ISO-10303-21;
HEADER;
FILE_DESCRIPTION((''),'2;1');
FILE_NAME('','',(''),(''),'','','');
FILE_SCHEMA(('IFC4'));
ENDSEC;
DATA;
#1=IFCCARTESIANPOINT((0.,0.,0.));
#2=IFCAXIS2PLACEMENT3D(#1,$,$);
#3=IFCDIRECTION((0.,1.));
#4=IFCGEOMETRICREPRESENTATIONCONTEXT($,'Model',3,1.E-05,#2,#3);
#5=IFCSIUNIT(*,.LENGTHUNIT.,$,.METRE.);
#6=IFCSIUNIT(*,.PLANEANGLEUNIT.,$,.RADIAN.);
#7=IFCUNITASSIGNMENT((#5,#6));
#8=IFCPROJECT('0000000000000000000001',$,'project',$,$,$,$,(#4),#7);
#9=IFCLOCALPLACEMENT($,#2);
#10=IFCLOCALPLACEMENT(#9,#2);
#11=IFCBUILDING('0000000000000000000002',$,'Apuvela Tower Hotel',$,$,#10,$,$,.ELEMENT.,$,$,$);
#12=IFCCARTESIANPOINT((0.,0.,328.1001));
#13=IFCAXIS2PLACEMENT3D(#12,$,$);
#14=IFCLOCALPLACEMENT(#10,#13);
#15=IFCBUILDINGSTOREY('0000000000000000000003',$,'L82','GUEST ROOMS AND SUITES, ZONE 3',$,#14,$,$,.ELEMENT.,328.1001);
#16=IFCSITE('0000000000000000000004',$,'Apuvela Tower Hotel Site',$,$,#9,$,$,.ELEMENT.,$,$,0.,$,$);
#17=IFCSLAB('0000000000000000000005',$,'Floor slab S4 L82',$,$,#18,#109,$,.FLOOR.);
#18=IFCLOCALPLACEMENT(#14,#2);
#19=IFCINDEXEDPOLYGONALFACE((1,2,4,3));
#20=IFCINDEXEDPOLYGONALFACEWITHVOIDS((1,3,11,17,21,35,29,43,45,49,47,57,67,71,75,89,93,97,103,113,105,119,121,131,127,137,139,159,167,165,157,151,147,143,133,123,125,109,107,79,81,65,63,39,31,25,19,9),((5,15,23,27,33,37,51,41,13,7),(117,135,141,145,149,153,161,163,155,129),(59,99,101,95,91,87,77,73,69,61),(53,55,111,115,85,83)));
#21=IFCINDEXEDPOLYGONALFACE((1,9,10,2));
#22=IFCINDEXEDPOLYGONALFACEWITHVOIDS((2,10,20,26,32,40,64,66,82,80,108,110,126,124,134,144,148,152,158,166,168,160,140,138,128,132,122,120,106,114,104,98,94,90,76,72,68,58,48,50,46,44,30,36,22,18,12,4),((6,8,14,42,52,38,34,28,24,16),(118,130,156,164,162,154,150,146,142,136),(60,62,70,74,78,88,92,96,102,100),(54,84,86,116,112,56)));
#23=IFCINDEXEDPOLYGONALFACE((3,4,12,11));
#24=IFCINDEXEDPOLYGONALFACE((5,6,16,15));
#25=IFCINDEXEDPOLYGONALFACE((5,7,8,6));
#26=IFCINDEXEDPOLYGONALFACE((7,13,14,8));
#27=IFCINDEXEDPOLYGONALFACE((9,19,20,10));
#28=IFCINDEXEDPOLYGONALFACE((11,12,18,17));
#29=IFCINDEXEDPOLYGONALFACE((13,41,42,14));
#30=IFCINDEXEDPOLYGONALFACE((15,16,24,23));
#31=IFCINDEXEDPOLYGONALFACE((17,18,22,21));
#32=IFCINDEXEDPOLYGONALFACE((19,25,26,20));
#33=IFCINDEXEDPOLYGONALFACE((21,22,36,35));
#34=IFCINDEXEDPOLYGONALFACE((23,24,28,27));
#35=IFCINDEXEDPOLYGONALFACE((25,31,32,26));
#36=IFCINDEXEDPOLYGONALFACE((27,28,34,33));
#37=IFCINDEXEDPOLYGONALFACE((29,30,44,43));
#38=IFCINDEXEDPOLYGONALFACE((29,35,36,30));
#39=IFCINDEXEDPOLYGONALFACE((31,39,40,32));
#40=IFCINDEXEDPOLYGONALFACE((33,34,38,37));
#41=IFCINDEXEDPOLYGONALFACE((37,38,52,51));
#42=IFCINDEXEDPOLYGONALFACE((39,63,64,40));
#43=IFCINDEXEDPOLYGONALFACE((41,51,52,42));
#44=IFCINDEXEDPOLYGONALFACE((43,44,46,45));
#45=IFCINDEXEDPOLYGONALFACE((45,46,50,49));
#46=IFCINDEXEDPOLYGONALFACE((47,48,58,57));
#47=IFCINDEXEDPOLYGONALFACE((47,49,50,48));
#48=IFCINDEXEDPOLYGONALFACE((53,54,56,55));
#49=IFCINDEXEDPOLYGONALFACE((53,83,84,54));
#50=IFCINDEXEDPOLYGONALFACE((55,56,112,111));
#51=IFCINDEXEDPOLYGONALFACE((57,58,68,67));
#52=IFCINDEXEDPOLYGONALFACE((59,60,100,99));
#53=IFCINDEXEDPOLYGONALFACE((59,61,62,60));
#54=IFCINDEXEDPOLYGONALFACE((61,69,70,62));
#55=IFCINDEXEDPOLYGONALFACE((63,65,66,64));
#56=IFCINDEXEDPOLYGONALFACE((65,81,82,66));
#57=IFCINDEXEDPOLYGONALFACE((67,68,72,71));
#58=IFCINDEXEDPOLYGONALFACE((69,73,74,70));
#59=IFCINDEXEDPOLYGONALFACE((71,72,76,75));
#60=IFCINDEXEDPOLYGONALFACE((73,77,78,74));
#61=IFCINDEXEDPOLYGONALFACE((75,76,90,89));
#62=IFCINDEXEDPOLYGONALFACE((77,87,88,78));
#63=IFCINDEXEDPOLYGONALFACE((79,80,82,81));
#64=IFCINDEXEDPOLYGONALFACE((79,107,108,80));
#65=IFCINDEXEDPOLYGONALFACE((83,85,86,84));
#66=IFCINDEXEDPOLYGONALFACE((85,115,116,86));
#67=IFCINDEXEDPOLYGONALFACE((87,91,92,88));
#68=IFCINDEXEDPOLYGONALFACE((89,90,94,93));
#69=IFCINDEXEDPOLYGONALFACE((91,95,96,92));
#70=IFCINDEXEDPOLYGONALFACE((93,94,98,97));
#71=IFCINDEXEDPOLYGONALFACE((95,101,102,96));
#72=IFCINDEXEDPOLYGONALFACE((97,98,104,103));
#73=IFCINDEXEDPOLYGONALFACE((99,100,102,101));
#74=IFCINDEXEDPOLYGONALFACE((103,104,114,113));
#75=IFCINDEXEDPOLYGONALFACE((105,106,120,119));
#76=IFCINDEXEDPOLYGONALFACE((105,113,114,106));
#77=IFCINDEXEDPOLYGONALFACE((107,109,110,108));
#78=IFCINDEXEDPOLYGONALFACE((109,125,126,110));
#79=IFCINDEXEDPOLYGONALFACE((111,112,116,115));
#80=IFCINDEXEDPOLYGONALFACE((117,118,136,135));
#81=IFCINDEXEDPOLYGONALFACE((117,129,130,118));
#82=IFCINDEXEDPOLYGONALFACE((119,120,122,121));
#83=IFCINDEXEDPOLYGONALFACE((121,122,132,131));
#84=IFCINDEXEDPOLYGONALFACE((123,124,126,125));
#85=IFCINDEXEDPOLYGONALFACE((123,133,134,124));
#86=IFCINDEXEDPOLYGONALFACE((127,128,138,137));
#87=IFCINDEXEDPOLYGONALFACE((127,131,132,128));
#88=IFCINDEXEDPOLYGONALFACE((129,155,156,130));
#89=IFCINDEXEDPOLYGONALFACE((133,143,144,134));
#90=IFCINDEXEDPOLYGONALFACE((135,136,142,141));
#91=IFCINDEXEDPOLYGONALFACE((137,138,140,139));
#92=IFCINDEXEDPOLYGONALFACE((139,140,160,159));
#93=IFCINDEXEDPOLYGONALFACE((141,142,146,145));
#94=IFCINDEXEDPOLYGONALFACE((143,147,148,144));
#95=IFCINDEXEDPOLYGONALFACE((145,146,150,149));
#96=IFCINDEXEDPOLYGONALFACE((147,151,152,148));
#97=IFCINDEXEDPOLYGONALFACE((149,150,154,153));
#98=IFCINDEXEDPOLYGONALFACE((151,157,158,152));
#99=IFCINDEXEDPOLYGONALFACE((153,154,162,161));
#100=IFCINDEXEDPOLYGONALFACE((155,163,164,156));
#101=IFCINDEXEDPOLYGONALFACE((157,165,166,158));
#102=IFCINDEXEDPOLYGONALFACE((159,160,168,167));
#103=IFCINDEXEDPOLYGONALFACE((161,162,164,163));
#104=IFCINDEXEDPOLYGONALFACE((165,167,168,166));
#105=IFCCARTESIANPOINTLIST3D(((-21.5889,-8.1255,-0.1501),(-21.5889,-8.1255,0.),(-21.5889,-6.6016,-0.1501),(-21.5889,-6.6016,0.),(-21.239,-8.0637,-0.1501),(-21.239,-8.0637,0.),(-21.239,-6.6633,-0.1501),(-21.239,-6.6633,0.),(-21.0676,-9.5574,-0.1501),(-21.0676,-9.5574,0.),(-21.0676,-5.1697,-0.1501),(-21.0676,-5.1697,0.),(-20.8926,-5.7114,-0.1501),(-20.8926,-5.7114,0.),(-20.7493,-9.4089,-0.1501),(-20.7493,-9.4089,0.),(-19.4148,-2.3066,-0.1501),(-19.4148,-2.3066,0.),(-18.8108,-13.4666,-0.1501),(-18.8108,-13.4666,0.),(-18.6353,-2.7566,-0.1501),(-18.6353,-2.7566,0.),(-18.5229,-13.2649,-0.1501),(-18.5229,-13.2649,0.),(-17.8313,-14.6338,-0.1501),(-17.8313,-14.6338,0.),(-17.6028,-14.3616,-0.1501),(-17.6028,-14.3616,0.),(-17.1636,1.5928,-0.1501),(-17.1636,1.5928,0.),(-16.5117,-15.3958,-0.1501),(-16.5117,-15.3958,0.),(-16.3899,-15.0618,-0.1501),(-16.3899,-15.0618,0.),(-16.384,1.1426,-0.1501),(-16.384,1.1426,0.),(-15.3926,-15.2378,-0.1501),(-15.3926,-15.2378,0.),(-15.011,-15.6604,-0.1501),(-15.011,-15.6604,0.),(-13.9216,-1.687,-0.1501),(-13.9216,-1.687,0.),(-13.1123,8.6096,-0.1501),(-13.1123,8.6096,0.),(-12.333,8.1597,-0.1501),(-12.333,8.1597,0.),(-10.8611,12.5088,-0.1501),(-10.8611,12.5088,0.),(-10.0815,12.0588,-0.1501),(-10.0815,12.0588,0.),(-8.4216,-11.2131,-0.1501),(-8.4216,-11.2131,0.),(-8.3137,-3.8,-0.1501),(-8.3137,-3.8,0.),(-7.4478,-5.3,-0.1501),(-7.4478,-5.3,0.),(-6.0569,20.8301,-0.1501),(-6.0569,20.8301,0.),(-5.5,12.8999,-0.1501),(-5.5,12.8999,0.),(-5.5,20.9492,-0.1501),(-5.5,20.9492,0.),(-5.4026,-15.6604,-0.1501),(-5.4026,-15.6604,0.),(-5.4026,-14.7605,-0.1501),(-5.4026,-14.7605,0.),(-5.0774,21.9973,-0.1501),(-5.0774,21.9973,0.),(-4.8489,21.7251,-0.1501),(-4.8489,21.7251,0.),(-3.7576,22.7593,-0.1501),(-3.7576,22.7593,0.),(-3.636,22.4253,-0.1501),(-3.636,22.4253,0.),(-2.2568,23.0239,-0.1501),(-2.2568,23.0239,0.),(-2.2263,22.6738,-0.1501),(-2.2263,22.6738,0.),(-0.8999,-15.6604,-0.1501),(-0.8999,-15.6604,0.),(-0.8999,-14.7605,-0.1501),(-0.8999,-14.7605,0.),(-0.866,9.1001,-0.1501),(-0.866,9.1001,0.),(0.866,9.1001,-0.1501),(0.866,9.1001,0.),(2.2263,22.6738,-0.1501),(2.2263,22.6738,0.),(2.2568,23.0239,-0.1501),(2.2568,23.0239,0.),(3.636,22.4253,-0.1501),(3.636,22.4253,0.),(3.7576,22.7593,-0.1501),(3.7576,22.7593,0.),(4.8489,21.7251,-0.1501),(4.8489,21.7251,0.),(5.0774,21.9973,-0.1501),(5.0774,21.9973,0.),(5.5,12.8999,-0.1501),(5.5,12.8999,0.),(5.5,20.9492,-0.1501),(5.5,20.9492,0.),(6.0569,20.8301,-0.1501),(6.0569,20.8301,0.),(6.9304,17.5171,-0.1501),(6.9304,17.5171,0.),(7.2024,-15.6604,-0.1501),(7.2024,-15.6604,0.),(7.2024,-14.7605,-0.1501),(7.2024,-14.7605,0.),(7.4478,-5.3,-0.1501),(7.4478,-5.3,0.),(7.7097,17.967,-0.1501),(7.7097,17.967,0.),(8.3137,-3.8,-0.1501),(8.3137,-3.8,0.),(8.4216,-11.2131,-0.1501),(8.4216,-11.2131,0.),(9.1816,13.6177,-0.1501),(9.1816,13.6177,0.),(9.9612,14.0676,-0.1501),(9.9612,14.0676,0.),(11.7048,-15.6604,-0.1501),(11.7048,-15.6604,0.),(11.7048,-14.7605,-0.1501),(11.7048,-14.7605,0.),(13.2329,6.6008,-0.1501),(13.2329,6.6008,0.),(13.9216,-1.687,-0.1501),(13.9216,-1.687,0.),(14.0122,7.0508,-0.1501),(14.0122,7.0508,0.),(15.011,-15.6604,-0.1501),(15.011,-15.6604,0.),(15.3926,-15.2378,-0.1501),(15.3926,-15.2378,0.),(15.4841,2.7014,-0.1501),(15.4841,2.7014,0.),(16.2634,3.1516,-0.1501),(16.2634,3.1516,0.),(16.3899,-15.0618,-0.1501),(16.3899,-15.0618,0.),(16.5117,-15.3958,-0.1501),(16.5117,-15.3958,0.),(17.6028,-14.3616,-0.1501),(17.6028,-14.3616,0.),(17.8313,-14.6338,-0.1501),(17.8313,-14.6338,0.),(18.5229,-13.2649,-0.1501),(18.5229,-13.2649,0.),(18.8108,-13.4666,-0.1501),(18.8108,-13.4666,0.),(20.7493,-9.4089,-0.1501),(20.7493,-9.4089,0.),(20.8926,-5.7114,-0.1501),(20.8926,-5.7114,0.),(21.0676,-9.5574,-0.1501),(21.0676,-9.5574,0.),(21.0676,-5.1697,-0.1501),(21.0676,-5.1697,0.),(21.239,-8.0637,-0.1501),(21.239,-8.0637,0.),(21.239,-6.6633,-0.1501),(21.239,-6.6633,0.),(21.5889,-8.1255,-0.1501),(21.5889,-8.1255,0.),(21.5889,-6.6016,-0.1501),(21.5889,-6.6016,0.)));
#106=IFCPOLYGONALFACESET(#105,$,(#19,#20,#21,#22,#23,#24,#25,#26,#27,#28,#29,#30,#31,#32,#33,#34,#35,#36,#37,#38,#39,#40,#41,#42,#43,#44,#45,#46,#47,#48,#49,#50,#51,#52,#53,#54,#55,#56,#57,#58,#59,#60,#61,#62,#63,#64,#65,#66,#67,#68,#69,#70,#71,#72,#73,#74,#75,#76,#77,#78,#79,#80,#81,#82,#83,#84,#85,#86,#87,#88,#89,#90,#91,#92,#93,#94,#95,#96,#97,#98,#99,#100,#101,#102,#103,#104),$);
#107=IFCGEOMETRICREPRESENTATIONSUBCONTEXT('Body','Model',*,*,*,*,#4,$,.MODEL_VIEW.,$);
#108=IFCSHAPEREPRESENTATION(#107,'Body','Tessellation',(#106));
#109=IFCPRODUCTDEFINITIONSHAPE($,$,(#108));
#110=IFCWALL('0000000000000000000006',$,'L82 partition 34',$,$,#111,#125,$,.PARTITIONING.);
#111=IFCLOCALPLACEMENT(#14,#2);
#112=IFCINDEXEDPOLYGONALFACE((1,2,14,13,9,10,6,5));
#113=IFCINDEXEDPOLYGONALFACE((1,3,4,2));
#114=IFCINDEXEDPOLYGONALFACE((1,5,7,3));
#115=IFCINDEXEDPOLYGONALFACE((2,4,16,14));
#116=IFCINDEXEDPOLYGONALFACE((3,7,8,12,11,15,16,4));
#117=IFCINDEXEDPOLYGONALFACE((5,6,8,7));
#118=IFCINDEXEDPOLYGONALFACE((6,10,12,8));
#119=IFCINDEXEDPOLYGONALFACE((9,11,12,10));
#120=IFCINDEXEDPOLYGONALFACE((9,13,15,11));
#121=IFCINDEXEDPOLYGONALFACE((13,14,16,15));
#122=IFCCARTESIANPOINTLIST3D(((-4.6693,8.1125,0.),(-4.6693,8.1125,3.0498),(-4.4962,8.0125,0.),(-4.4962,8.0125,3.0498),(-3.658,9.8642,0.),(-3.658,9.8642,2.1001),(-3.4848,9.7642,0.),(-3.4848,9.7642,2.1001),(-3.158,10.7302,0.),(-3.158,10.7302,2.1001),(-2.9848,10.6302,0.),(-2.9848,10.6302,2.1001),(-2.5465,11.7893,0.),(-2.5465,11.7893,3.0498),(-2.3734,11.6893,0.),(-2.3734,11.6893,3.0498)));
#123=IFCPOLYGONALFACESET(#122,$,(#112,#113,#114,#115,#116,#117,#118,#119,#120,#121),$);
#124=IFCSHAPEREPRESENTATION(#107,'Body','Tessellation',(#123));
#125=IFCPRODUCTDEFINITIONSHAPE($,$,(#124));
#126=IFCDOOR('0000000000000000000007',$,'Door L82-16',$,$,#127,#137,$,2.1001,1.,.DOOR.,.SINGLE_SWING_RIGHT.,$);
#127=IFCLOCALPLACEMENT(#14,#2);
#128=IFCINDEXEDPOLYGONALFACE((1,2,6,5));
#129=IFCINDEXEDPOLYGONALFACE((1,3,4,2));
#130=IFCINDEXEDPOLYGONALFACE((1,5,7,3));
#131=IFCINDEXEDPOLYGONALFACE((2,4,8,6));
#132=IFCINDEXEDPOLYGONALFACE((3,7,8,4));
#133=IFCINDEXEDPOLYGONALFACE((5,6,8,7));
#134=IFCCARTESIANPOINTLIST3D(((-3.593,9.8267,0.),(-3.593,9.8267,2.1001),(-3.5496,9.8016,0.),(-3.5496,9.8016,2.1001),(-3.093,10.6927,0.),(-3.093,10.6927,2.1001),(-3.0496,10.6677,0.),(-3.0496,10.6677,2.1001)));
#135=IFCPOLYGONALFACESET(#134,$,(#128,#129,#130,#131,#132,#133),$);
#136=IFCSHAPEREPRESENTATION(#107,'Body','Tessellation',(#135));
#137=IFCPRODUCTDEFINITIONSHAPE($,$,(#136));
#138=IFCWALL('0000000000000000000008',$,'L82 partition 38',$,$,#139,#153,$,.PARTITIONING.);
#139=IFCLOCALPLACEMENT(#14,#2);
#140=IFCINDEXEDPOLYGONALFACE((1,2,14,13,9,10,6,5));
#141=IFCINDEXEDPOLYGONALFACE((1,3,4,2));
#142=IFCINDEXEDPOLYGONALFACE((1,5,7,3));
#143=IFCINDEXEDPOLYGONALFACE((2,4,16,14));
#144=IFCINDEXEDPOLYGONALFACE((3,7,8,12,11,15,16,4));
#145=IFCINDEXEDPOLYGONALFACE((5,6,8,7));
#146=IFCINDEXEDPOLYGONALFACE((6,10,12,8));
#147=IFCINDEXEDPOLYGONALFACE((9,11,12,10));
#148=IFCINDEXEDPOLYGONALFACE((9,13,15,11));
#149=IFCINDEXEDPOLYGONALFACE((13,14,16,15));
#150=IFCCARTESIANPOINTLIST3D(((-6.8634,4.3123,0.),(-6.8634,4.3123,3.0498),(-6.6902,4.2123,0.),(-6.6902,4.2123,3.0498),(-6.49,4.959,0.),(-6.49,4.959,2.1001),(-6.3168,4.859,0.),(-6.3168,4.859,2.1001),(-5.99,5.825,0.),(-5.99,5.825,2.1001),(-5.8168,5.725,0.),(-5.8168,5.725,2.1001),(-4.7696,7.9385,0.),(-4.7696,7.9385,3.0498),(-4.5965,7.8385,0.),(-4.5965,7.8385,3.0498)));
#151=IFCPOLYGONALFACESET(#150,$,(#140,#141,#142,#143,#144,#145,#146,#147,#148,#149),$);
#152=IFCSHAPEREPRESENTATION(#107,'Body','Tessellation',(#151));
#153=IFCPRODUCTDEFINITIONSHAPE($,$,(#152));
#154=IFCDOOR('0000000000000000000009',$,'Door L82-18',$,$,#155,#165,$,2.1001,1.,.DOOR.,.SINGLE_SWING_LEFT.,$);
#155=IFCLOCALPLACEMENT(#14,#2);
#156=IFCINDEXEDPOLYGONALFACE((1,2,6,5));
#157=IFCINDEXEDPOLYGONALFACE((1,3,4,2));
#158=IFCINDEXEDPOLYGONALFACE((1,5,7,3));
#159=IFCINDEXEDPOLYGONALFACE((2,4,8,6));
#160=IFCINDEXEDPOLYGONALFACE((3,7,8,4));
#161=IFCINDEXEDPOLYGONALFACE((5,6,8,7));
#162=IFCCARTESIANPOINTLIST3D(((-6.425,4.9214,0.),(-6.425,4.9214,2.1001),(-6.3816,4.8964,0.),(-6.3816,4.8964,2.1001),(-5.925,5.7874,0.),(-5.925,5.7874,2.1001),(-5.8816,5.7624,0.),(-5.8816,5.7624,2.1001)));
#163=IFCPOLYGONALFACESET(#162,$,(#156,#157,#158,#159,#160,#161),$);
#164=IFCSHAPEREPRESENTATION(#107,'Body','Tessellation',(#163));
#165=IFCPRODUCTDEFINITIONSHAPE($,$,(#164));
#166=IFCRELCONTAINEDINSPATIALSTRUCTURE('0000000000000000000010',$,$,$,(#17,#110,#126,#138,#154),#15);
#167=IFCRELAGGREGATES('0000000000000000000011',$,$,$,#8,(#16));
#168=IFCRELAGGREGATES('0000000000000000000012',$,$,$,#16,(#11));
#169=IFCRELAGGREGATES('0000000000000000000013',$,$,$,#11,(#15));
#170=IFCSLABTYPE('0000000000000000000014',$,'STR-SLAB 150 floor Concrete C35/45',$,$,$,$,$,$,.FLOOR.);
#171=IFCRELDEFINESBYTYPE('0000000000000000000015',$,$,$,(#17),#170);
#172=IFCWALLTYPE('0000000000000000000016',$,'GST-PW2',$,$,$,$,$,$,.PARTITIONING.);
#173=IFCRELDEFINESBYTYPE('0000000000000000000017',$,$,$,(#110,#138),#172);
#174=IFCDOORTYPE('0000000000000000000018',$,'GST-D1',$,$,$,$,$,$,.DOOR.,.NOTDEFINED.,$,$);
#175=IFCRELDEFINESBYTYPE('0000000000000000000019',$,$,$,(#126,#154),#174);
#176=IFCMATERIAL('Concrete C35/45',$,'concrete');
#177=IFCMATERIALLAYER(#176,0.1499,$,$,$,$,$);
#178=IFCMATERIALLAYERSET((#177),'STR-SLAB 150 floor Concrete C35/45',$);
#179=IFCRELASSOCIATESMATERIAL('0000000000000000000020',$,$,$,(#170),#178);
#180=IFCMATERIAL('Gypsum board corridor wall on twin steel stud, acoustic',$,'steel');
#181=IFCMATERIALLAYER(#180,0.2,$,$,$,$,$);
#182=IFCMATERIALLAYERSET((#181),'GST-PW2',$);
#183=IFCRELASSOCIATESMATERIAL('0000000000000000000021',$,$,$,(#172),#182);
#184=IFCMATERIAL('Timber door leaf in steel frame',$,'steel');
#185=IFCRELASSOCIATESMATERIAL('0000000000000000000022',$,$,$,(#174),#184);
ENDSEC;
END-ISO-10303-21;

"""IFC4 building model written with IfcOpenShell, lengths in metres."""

from ifc_helpers import new_model, si_unit, direction, frame, frame_2d, origin, place, context, subcontext, project, spatial, polyline, rectangle, outline, extrude, material, layer, layer_set, type_object, element, fill, save


model = new_model("IFC4")

# Units and contexts
model_context = context("Model", 3, precision=1e-05, world=origin(), true_north=direction((0.0, 1.0)))
body_context = subcontext(model_context, "Body", "Model", "MODEL_VIEW")
ifc_project = project(units=[si_unit("LENGTHUNIT", "METRE"), si_unit("PLANEANGLEUNIT", "RADIAN")], contexts=[model_context])

# Site, building, storey
site_placement = place(None, origin())
site = spatial("IfcSite", under=ifc_project, at=site_placement, Name="Apuvela Tower Hotel Site", CompositionType="ELEMENT", RefElevation=0.0)
building_placement = place(site_placement, origin())
building = spatial("IfcBuilding", under=site, at=building_placement, Name="Apuvela Tower Hotel", CompositionType="ELEMENT")
storey_placement = place(building_placement, frame((0.0, 0.0, 328.1001)))
storey = spatial("IfcBuildingStorey", under=building, at=storey_placement, Name="L82", Description="GUEST ROOMS AND SUITES, ZONE 3", CompositionType="ELEMENT", Elevation=328.1001)

# Slab
ifc_material_1 = material(Name="Concrete C35/45", Category="concrete")
ifc_layer_1 = layer(ifc_material_1, 0.1499)
ifc_layer_set_1 = layer_set([ifc_layer_1], Name="STR-SLAB 150 floor Concrete C35/45")
slab_type_1 = type_object("IfcSlabType", Name="STR-SLAB 150 floor Concrete C35/45", PredefinedType="FLOOR", material=ifc_layer_set_1)
slab_1_placement = place(storey_placement, frame((0.0, 0.0, -0.1501)))
element("IfcSlab", 1, at=slab_1_placement, inside=storey, type_object=slab_type_1, Name="Floor slab S4 L82", PredefinedType="FLOOR", context=body_context, shape_type="SweptSolid", body=[
    extrude(outline(polyline([(-5.0774, 21.9973), (-3.7576, 22.7593), (-2.2568, 23.0239), (2.2568, 23.0239), (3.7576, 22.7593), (5.0774, 21.9973), (6.0569, 20.8301), (7.7097, 17.967), (6.9304, 17.5171), (9.1816, 13.6177), (9.9612, 14.0676), (14.0122, 7.0508), (13.2329, 6.6008), (15.4841, 2.7014), (16.2634, 3.1516), (21.0676, -5.1697), (21.5889, -6.6016), (21.5889, -8.1255), (21.0676, -9.5574), (18.8108, -13.4666), (17.8313, -14.6338), (16.5117, -15.3958), (15.011, -15.6604), (11.7048, -15.6604), (11.7048, -14.7605), (7.2024, -14.7605), (7.2024, -15.6604), (-0.8999, -15.6604), (-0.8999, -14.7605), (-5.4026, -14.7605), (-5.4026, -15.6604), (-15.011, -15.6604), (-16.5117, -15.3958), (-17.8313, -14.6338), (-18.8108, -13.4666), (-21.0676, -9.5574), (-21.5889, -8.1255), (-21.5889, -6.6016), (-21.0676, -5.1697), (-19.4148, -2.3066), (-18.6353, -2.7566), (-16.384, 1.1426), (-17.1636, 1.5928), (-13.1123, 8.6096), (-12.333, 8.1597), (-10.0815, 12.0588), (-10.8611, 12.5088), (-6.0569, 20.8301), (-5.0774, 21.9973)]), holes=[polyline([(0.866, 9.1001), (-0.866, 9.1001), (-8.3137, -3.8), (-7.4478, -5.3), (7.4478, -5.3), (8.3137, -3.8), (0.866, 9.1001)]), polyline([(-5.5, 12.8999), (-5.5, 20.9492), (-4.8489, 21.7251), (-3.636, 22.4253), (-2.2263, 22.6738), (2.2263, 22.6738), (3.636, 22.4253), (4.8489, 21.7251), (5.5, 20.9492), (5.5, 12.8999), (-5.5, 12.8999)]), polyline([(-8.4216, -11.2131), (-15.3926, -15.2378), (-16.3899, -15.0618), (-17.6028, -14.3616), (-18.5229, -13.2649), (-20.7493, -9.4089), (-21.239, -8.0637), (-21.239, -6.6633), (-20.8926, -5.7114), (-13.9216, -1.687), (-8.4216, -11.2131)]), polyline([(13.9216, -1.687), (20.8926, -5.7114), (21.239, -6.6633), (21.239, -8.0637), (20.7493, -9.4089), (18.5229, -13.2649), (17.6028, -14.3616), (16.3899, -15.0618), (15.3926, -15.2378), (8.4216, -11.2131), (13.9216, -1.687)])]), origin(), (0.0, 0.0, 1.0), 0.1501),
])

# Walls, openings, doors
ifc_material_2 = material(Name="Gypsum board corridor wall on twin steel stud, acoustic", Category="steel")
ifc_layer_2 = layer(ifc_material_2, 0.2)
ifc_layer_set_2 = layer_set([ifc_layer_2], Name="GST-PW2")
wall_type_1 = type_object("IfcWallType", Name="GST-PW2", PredefinedType="PARTITIONING", material=ifc_layer_set_2)
wall_1_placement = place(storey_placement, frame((-4.5828, 8.0625, 0.0), z_axis=(0.0, 0.0, 1.0), x_axis=(0.500005, 0.866023, 0.0)))
wall_1 = element("IfcWall", 2, at=wall_1_placement, inside=storey, type_object=wall_type_1, Name="L82 partition 34", PredefinedType="PARTITIONING", context=body_context, shape_type="SweptSolid", body=[
    extrude(rectangle(XDim=4.2456, YDim=0.2, at=frame_2d((2.1228, 0.0))), origin(), (0.0, 0.0, 1.0), 3.0498),
])
opening_1_placement = place(wall_1_placement, frame((2.0227, 0.0, 0.0)))
opening_1 = element("IfcOpeningElement", 3, at=opening_1_placement, cuts=wall_1, PredefinedType="OPENING", context=body_context, shape_type="SweptSolid", body=[
    extrude(rectangle(XDim=1.0, YDim=2.1001, at=frame_2d((0.5, 1.05))), frame((0.0, 0.1099, 0.0), z_axis=(0.0, -1.0, 0.0), x_axis=(1.0, 0.0, 0.0)), (0.0, 0.0, 1.0), 0.22),
])
ifc_material_3 = material(Name="Timber door leaf in steel frame", Category="steel")
door_type_1 = type_object("IfcDoorType", Name="GST-D1", OperationType="NOTDEFINED", PredefinedType="DOOR", material=ifc_material_3)
door_1_placement = place(opening_1_placement, origin())
door_1 = element("IfcDoor", 4, at=door_1_placement, inside=storey, type_object=door_type_1, Name="Door L82-16", OperationType="SINGLE_SWING_RIGHT", OverallHeight=2.1001, OverallWidth=1.0, PredefinedType="DOOR", context=body_context, shape_type="SweptSolid", body=[
    extrude(rectangle(XDim=1.0, YDim=2.1001, at=frame_2d((0.5, 1.05))), frame((0.0, 0.0249, 0.0), z_axis=(0.0, -1.0, 0.0), x_axis=(1.0, 0.0, 0.0)), (0.0, 0.0, 1.0), 0.05),
])
fill(opening_1, door_1)
wall_2_placement = place(storey_placement, frame((-6.7769, 4.2622, 0.0), z_axis=(0.0, 0.0, 1.0), x_axis=(0.500027, 0.86601, 0.0)))
wall_2 = element("IfcWall", 5, at=wall_2_placement, inside=storey, type_object=wall_type_1, Name="L82 partition 38", PredefinedType="PARTITIONING", context=body_context, shape_type="SweptSolid", body=[
    extrude(rectangle(XDim=4.1873, YDim=0.2, at=frame_2d((2.0938, 0.0))), origin(), (0.0, 0.0, 1.0), 3.0498),
])
opening_2_placement = place(wall_2_placement, frame((0.7468, 0.0, 0.0)))
opening_2 = element("IfcOpeningElement", 6, at=opening_2_placement, cuts=wall_2, PredefinedType="OPENING", context=body_context, shape_type="SweptSolid", body=[
    extrude(rectangle(XDim=1.0, YDim=2.1001, at=frame_2d((0.5, 1.05))), frame((0.0, 0.1099, 0.0), z_axis=(0.0, -1.0, 0.0), x_axis=(1.0, 0.0, 0.0)), (0.0, 0.0, 1.0), 0.22),
])
door_2_placement = place(opening_2_placement, origin())
door_2 = element("IfcDoor", 7, at=door_2_placement, inside=storey, type_object=door_type_1, Name="Door L82-18", OperationType="SINGLE_SWING_LEFT", OverallHeight=2.1001, OverallWidth=1.0, PredefinedType="DOOR", context=body_context, shape_type="SweptSolid", body=[
    extrude(rectangle(XDim=1.0, YDim=2.1001, at=frame_2d((0.5, 1.05))), frame((0.0, 0.0249, 0.0), z_axis=(0.0, -1.0, 0.0), x_axis=(1.0, 0.0, 0.0)), (0.0, 0.0, 1.0), 0.05),
])
fill(opening_2, door_2)

save(model, "model.ifc")
